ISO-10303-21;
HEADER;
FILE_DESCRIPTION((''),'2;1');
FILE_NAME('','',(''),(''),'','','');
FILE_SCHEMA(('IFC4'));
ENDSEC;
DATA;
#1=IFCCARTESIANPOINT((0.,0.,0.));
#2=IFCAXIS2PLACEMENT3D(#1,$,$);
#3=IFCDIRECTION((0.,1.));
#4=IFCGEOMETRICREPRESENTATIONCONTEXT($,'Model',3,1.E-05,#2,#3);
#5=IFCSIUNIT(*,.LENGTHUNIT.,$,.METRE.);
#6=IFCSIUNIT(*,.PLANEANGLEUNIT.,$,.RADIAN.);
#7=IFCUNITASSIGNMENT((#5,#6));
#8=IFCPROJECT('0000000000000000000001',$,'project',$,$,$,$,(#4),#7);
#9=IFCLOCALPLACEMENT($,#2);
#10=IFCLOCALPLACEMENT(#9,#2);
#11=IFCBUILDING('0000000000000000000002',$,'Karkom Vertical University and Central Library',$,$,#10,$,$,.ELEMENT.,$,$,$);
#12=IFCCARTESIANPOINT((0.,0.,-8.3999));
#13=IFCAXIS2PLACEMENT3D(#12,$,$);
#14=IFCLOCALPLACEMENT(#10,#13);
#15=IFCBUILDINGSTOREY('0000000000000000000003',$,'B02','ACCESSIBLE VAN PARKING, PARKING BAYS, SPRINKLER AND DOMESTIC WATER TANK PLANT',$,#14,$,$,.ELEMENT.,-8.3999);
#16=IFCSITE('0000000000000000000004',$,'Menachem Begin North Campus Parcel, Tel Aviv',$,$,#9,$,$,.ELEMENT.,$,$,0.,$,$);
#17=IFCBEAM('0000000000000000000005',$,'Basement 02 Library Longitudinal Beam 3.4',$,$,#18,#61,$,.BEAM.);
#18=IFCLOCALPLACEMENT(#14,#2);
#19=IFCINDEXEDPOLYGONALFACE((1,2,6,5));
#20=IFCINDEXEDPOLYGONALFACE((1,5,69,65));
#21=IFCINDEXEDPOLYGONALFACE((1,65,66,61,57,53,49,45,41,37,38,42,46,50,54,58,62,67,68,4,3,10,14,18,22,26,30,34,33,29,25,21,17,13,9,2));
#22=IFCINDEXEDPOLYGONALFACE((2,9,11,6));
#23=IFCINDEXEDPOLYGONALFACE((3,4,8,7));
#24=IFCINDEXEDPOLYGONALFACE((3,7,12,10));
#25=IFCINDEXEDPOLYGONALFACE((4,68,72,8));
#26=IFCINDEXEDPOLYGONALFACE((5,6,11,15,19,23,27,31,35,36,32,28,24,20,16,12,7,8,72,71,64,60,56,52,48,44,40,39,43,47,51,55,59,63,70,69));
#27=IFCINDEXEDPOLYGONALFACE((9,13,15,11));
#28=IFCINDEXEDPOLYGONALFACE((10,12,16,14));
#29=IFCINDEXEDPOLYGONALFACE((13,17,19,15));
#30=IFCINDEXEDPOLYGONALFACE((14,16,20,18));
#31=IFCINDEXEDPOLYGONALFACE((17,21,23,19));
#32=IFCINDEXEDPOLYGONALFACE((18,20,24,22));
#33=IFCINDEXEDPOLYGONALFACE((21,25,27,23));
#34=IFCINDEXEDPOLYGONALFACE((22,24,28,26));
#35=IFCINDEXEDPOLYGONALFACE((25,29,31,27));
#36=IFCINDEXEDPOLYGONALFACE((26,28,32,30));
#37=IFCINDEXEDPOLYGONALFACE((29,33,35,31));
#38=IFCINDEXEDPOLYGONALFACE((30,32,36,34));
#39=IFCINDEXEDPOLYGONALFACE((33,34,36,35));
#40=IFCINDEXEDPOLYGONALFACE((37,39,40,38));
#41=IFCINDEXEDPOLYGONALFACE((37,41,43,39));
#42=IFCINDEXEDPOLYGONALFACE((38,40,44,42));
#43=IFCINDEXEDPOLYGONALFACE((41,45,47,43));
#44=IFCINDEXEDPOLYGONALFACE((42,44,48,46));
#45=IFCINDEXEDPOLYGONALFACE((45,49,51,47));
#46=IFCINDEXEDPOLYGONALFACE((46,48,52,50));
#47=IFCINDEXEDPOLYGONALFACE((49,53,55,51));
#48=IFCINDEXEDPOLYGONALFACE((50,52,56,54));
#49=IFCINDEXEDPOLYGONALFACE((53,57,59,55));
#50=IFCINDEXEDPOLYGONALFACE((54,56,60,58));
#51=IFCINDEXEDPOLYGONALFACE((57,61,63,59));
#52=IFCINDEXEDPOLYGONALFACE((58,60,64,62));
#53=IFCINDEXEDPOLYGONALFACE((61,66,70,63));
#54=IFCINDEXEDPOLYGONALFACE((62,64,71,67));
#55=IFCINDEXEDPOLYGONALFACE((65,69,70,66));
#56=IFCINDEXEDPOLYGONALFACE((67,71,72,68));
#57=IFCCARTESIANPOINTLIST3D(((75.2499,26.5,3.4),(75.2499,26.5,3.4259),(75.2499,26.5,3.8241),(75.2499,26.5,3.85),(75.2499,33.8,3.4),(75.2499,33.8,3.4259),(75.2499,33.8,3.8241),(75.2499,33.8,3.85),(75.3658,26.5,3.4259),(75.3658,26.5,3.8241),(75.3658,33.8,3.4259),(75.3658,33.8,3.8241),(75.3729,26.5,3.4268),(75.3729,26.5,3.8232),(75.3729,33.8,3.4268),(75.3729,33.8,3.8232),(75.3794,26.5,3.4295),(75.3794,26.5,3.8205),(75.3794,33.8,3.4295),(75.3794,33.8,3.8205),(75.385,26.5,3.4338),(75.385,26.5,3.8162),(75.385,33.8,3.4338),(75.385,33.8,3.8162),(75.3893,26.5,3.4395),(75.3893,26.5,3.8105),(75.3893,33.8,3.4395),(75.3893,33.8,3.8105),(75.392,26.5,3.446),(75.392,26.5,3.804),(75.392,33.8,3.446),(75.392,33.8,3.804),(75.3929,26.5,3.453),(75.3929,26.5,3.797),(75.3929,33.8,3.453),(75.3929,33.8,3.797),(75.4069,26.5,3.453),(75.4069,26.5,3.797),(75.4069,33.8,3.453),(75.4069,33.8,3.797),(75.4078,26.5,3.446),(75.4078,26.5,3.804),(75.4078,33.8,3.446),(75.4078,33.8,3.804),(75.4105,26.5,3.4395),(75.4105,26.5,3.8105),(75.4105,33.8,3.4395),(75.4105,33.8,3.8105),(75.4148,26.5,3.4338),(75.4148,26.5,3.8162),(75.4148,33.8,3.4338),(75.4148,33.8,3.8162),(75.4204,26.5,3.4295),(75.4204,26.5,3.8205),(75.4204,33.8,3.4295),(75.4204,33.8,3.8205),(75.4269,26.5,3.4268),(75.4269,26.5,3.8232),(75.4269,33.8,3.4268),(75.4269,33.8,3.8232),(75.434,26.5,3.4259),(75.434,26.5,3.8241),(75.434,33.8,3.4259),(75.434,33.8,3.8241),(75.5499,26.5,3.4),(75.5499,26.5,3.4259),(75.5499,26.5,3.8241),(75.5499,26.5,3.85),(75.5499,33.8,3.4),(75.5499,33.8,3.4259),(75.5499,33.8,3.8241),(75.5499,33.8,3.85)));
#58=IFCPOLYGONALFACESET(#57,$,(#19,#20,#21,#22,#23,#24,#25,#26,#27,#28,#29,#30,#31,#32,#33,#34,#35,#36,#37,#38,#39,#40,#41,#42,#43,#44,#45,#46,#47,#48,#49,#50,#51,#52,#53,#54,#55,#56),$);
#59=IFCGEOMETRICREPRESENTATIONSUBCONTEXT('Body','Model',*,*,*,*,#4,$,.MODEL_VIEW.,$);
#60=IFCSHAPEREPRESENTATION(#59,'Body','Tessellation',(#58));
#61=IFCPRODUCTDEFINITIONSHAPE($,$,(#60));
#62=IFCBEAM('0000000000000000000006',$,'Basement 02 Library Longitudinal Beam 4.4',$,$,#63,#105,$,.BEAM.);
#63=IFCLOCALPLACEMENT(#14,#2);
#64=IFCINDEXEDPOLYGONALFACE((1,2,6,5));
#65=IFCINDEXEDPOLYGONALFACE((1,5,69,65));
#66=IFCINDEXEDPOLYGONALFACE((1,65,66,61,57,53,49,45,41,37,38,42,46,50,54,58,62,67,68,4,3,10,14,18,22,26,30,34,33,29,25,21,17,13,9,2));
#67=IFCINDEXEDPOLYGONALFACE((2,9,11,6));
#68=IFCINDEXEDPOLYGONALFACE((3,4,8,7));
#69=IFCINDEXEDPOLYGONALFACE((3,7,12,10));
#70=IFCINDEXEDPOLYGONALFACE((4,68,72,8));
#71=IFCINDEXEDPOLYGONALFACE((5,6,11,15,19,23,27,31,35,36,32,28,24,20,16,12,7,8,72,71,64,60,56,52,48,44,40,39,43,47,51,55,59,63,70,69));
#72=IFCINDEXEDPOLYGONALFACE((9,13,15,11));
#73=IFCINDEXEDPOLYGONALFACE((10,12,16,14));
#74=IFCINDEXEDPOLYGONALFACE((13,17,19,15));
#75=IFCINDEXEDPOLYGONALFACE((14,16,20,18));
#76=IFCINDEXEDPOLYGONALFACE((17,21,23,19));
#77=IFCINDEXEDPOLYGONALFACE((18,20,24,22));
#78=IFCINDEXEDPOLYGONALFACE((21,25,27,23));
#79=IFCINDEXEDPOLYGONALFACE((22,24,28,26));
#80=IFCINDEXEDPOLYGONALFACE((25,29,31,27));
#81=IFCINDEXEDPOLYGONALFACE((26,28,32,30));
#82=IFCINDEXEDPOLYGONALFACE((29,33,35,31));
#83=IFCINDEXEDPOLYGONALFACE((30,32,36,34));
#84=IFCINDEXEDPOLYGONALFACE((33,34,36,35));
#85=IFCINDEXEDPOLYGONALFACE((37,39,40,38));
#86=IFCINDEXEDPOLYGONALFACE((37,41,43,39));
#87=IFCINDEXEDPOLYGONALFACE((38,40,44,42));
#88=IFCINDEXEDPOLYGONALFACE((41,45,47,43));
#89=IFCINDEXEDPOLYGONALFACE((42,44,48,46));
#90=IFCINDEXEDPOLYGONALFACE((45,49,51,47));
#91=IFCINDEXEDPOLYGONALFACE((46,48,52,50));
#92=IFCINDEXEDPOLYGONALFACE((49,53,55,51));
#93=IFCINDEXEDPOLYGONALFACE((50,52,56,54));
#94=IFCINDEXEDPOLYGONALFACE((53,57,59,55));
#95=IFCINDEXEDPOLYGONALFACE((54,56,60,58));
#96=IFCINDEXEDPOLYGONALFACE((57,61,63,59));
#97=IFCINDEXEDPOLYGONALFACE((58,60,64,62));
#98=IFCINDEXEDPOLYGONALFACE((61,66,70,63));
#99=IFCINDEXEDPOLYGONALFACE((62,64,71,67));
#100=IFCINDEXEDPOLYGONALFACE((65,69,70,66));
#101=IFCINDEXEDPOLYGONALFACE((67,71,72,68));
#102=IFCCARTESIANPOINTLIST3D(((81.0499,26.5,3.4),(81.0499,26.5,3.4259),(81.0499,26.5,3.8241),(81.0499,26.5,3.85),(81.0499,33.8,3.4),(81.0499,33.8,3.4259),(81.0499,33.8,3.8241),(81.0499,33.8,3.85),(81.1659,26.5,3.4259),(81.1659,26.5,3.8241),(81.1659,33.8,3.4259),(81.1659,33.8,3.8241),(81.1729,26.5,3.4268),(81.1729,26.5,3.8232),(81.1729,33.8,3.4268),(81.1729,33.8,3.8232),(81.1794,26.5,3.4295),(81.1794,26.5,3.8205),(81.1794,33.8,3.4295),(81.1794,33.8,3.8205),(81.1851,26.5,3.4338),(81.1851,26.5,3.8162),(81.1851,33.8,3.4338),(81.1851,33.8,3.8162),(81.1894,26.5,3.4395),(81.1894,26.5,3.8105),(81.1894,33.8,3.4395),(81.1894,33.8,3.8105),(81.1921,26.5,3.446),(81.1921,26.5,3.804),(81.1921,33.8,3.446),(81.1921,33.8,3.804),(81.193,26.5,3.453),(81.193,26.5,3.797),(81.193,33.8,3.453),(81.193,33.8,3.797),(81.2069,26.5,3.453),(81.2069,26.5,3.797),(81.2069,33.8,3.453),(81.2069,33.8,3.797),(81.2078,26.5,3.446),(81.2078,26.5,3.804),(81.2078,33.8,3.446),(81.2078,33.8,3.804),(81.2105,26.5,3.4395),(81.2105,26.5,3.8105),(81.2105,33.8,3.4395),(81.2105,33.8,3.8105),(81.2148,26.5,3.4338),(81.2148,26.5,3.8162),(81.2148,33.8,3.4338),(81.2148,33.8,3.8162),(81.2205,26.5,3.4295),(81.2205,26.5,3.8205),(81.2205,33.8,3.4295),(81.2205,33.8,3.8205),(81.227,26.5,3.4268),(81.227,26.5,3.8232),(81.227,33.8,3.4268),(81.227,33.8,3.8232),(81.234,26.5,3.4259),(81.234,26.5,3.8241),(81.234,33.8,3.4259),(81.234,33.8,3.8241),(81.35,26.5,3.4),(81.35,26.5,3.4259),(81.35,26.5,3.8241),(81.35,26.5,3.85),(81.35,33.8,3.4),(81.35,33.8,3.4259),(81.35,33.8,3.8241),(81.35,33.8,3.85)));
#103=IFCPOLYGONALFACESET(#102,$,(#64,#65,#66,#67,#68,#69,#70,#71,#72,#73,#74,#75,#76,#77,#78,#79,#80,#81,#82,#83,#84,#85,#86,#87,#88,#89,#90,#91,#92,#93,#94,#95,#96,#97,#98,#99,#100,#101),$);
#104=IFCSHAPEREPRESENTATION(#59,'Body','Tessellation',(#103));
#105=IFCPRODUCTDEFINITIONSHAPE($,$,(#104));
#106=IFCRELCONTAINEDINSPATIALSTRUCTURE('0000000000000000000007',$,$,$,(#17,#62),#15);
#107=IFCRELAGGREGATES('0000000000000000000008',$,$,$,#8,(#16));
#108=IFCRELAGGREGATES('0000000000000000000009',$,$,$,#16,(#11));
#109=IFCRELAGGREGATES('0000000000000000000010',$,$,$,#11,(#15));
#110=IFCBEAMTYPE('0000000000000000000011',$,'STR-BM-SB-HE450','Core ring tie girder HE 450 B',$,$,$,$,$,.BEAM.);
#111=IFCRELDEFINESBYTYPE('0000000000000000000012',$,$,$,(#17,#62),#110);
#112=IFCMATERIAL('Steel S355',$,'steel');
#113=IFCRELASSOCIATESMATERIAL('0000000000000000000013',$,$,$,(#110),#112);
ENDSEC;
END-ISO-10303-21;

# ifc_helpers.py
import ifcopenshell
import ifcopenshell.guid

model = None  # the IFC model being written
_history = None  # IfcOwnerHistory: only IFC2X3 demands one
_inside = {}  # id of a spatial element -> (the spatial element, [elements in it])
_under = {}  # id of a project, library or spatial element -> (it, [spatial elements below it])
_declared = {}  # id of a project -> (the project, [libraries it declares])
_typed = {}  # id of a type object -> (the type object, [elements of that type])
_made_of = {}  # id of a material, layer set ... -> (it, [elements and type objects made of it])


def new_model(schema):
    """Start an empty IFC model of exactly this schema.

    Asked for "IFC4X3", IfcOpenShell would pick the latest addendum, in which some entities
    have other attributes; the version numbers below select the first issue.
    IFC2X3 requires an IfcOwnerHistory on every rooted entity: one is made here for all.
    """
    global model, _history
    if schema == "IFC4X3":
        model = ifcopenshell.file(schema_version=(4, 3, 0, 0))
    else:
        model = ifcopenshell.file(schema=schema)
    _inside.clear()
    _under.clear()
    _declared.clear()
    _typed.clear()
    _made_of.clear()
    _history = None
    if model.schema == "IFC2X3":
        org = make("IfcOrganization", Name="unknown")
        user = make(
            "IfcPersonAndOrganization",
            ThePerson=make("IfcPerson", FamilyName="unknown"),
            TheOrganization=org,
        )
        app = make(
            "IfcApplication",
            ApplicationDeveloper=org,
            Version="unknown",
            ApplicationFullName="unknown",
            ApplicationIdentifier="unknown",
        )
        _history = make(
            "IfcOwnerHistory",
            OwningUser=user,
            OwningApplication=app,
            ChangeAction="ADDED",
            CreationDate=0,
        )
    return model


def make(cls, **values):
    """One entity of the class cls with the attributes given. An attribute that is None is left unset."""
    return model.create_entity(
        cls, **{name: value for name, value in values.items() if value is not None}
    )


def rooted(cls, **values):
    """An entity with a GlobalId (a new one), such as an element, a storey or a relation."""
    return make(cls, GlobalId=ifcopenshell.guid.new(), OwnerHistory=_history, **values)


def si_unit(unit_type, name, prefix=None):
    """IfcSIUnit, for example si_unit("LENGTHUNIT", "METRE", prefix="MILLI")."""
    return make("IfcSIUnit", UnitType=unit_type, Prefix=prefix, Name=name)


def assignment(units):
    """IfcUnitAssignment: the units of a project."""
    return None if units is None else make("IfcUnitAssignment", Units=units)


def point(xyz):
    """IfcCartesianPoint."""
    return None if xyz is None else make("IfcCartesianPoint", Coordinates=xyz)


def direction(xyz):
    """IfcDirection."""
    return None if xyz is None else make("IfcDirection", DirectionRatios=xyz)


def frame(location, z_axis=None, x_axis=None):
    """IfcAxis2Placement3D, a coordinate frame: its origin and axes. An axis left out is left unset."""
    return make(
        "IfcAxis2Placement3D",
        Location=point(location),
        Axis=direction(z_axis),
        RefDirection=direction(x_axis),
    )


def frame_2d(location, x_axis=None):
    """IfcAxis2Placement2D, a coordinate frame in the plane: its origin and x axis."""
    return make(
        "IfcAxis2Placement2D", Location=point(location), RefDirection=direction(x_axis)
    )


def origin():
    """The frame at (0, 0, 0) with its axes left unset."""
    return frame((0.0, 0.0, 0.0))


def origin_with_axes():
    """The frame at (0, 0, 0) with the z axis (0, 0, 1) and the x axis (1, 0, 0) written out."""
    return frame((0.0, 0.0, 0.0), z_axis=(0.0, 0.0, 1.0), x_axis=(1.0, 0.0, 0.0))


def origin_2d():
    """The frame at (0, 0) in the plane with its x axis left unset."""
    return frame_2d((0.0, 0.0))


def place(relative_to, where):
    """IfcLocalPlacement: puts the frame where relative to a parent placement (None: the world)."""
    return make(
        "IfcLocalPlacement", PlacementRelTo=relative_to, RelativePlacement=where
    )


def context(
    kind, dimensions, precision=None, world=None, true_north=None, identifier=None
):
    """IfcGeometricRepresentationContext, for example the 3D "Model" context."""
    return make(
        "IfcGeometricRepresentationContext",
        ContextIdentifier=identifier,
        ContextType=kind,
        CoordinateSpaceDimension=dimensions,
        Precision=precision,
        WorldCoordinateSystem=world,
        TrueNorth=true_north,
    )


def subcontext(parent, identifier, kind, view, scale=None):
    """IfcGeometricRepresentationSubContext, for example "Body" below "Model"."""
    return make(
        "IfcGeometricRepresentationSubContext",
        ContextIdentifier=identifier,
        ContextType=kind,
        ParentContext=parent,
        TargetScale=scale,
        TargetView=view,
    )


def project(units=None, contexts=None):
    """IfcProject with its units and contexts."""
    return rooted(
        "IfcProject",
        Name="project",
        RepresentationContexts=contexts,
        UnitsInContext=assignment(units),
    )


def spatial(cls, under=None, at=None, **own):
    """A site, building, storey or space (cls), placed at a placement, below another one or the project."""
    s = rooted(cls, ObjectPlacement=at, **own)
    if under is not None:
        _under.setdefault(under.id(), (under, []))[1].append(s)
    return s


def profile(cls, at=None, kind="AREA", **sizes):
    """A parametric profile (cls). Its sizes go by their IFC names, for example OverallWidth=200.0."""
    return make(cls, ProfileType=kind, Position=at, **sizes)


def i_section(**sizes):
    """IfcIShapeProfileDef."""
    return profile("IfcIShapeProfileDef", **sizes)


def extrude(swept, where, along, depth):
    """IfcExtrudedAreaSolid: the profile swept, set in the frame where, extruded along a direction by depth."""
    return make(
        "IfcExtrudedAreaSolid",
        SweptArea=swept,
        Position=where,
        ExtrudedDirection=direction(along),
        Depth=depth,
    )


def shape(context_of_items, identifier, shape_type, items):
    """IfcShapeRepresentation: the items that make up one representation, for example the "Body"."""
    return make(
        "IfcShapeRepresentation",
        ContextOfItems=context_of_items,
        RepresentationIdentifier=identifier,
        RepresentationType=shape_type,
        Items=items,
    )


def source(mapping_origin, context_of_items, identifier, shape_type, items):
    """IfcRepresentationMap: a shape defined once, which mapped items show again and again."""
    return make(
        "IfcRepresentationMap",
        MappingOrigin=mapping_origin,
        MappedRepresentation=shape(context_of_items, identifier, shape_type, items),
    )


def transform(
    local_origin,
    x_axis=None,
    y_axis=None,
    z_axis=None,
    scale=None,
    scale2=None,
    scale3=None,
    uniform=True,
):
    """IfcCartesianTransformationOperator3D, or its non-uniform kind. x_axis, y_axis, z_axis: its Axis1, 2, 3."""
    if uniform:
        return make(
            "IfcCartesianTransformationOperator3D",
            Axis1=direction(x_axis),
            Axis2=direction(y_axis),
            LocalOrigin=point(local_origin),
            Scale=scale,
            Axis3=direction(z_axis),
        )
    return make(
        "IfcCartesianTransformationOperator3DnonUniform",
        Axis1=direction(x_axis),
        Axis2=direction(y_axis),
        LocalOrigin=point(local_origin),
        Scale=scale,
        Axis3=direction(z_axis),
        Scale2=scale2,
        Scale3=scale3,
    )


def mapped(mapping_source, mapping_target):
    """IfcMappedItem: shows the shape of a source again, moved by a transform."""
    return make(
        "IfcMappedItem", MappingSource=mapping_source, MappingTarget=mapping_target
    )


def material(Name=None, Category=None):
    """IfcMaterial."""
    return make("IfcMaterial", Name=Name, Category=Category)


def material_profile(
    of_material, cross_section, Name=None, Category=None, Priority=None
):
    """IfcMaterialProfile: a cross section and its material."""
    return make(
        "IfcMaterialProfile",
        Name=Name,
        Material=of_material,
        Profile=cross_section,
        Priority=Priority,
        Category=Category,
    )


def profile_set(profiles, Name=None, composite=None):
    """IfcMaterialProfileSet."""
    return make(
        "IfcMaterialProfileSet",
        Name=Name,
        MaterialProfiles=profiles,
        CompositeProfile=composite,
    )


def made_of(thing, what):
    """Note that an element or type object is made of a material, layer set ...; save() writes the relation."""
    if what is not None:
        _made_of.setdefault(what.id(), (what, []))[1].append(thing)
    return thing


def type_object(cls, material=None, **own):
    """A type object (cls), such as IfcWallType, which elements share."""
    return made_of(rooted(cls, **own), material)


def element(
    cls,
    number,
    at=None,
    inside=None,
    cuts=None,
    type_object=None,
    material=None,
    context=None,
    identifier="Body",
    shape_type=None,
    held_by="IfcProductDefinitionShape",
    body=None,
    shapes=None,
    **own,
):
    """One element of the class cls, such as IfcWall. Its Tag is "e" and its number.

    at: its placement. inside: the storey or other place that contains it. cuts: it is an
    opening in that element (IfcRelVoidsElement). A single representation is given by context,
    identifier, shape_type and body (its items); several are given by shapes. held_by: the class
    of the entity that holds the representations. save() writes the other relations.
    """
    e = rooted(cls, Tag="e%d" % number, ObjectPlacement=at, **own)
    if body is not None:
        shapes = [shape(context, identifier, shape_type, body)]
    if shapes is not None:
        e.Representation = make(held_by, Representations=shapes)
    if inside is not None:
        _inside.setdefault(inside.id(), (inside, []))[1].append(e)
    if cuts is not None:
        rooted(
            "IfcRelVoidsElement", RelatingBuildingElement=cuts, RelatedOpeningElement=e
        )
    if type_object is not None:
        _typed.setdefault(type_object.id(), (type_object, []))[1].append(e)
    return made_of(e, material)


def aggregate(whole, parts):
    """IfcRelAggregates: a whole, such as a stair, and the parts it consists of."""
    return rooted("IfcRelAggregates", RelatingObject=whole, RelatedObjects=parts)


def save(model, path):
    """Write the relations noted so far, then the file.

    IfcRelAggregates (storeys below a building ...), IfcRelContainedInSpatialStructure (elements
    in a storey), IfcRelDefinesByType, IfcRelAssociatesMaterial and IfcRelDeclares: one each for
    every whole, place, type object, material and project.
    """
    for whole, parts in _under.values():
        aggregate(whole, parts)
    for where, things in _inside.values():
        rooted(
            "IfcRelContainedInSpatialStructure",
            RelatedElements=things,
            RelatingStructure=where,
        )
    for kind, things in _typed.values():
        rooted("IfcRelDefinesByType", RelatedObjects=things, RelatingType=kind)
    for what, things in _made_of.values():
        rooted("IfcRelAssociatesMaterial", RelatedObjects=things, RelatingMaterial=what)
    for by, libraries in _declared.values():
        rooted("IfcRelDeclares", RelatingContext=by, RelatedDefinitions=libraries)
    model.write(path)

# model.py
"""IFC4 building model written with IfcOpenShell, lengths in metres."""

from ifc_helpers import new_model, si_unit, direction, frame, origin, origin_with_axes, origin_2d, place, context, subcontext, project, spatial, i_section, extrude, source, transform, mapped, material, material_profile, profile_set, type_object, element, save


model = new_model("IFC4")

# Units and contexts
model_context = context("Model", 3, precision=1e-05, world=origin(), true_north=direction((0.0, 1.0)))
body_context = subcontext(model_context, "Body", "Model", "MODEL_VIEW")
ifc_project = project(units=[si_unit("LENGTHUNIT", "METRE"), si_unit("PLANEANGLEUNIT", "RADIAN")], contexts=[model_context])

# Site, building, storey
site_placement = place(None, origin())
site = spatial("IfcSite", under=ifc_project, at=site_placement, Name="Menachem Begin North Campus Parcel, Tel Aviv", CompositionType="ELEMENT", RefElevation=0.0)
building_placement = place(site_placement, origin())
building = spatial("IfcBuilding", under=site, at=building_placement, Name="Karkom Vertical University and Central Library", CompositionType="ELEMENT")
storey_placement = place(building_placement, frame((0.0, 0.0, -8.3999)))
storey = spatial("IfcBuildingStorey", under=building, at=storey_placement, Name="B02", Description="ACCESSIBLE VAN PARKING, PARKING BAYS, SPRINKLER AND DOMESTIC WATER TANK PLANT", CompositionType="ELEMENT", Elevation=-8.3999)

# Beams
ifc_material_1 = material(Name="Steel S355", Category="steel")
ifc_material_profile_1 = material_profile(ifc_material_1, i_section(OverallWidth=0.3, OverallDepth=0.45, WebThickness=0.0139, FlangeThickness=0.0259, FilletRadius=0.0271, at=origin_2d()), Name="HE 450 B")
ifc_profile_set_1 = profile_set([ifc_material_profile_1], Name="Steel S355")
beam_type_1 = type_object("IfcBeamType", Name="STR-BM-SB-HE450", Description="Core ring tie girder HE 450 B", PredefinedType="BEAM", material=ifc_profile_set_1)
shared_shape_1 = source(origin_with_axes(), body_context, "Body", "SweptSolid", [
    extrude(i_section(OverallWidth=0.3, OverallDepth=0.45, WebThickness=0.0139, FlangeThickness=0.0259, FilletRadius=0.0271, at=origin_2d()), origin(), (0.0, 0.0, 1.0), 7.3),
])
for number, where, z_axis, x_axis, name in (
    (1, (75.3999, 26.5, 3.625), (0.0, 1.0, 0.0), (-1.0, 0.0, 0.0), "Basement 02 Library Longitudinal Beam 3.4"),
    (2, (81.2, 26.5, 3.625), (0.0, 1.0, 0.0), (-1.0, 0.0, 0.0), "Basement 02 Library Longitudinal Beam 4.4"),
):
    element("IfcBeam", number, at=place(storey_placement, frame(where, z_axis=z_axis, x_axis=x_axis)), inside=storey, type_object=beam_type_1, Name=name, PredefinedType="BEAM", context=body_context, shape_type="MappedRepresentation", body=[
        mapped(shared_shape_1, transform((0.0, 0.0, 0.0), scale=1.0)),
    ])

save(model, "model.ifc")
